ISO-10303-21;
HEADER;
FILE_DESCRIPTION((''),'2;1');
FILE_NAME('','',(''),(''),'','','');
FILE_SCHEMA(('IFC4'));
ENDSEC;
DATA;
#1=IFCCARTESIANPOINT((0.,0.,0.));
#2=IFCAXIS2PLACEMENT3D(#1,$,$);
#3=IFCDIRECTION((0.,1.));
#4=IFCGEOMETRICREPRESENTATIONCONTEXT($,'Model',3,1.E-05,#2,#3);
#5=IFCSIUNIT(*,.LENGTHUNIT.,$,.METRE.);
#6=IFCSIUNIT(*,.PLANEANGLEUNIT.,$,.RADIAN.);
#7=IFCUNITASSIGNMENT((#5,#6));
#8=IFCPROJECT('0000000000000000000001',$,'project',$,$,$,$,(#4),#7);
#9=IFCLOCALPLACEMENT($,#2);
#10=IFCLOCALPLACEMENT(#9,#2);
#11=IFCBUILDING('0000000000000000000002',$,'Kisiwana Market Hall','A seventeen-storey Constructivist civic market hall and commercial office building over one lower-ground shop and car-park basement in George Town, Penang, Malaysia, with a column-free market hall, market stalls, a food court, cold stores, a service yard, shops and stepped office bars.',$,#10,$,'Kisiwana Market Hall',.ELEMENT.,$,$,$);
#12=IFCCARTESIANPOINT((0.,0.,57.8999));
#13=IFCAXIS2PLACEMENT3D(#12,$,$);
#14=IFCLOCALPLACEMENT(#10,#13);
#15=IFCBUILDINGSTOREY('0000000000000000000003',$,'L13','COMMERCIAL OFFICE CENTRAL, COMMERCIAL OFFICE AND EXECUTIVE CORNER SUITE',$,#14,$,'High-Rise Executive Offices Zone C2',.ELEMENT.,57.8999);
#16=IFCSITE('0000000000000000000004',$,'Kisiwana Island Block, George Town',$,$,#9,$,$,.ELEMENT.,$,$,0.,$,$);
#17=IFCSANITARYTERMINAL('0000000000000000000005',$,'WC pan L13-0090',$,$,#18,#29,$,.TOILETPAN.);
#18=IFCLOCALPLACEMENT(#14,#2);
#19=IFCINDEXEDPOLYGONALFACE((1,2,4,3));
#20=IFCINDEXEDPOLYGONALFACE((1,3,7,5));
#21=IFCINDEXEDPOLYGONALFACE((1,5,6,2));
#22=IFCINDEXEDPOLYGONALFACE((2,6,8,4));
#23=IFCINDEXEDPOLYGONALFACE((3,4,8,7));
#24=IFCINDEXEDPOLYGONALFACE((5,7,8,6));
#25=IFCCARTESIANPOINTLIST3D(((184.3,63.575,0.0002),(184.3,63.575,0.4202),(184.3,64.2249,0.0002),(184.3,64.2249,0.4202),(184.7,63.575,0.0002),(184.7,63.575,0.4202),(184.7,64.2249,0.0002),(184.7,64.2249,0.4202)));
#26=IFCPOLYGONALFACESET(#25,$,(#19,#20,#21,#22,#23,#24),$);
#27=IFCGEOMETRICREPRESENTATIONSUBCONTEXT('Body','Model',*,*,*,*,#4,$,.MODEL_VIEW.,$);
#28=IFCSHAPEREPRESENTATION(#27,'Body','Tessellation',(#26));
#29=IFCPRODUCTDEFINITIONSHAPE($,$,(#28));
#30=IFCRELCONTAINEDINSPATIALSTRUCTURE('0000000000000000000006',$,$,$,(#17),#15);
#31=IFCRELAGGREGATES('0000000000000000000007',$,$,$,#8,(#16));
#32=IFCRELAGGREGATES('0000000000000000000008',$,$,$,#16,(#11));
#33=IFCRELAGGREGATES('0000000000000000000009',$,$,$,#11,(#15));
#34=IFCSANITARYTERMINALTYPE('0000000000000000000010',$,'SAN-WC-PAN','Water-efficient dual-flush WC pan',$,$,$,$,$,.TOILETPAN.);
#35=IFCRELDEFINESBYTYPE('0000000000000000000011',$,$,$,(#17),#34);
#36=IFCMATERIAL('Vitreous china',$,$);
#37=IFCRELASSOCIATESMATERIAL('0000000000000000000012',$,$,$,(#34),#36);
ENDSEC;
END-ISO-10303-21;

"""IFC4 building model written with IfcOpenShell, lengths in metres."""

from ifc_helpers import new_model, si_unit, direction, frame, origin, origin_2d, place, context, subcontext, project, spatial, rectangle, extrude, material, type_object, element, save


model = new_model("IFC4")

# Units and contexts
model_context = context("Model", 3, precision=1e-05, world=origin(), true_north=direction((0.0, 1.0)))
body_context = subcontext(model_context, "Body", "Model", "MODEL_VIEW")
ifc_project = project(units=[si_unit("LENGTHUNIT", "METRE"), si_unit("PLANEANGLEUNIT", "RADIAN")], contexts=[model_context])

# Site, building, storey
site_placement = place(None, origin())
site = spatial("IfcSite", under=ifc_project, at=site_placement, Name="Kisiwana Island Block, George Town", CompositionType="ELEMENT", RefElevation=0.0)
building_placement = place(site_placement, origin())
building = spatial("IfcBuilding", under=site, at=building_placement, Name="Kisiwana Market Hall", Description="A seventeen-storey Constructivist civic market hall and commercial office building over one lower-ground shop and car-park basement in George Town, Penang, Malaysia, with a column-free market hall, market stalls, a food court, cold stores, a service yard, shops and stepped office bars.", LongName="Kisiwana Market Hall", CompositionType="ELEMENT")
storey_placement = place(building_placement, frame((0.0, 0.0, 57.8999)))
storey = spatial("IfcBuildingStorey", under=building, at=storey_placement, Name="L13", Description="COMMERCIAL OFFICE CENTRAL, COMMERCIAL OFFICE AND EXECUTIVE CORNER SUITE", LongName="High-Rise Executive Offices Zone C2", CompositionType="ELEMENT", Elevation=57.8999)

# Sanitary terminal
ifc_material_1 = material(Name="Vitreous china")
sanitary_terminal_type_1 = type_object("IfcSanitaryTerminalType", Name="SAN-WC-PAN", Description="Water-efficient dual-flush WC pan", PredefinedType="TOILETPAN", material=ifc_material_1)
sanitary_terminal_placement = place(storey_placement, frame((184.5, 63.8999, 0.0002), z_axis=(0.0, 0.0, 1.0), x_axis=(1.0, 0.0, 0.0)))
element("IfcSanitaryTerminal", 1, at=sanitary_terminal_placement, inside=storey, type_object=sanitary_terminal_type_1, Name="WC pan L13-0090", PredefinedType="TOILETPAN", context=body_context, shape_type="SweptSolid", body=[
    extrude(rectangle(XDim=0.3999, YDim=0.6499, at=origin_2d()), origin(), (0.0, 0.0, 1.0), 0.4199),
])

save(model, "model.ifc")
